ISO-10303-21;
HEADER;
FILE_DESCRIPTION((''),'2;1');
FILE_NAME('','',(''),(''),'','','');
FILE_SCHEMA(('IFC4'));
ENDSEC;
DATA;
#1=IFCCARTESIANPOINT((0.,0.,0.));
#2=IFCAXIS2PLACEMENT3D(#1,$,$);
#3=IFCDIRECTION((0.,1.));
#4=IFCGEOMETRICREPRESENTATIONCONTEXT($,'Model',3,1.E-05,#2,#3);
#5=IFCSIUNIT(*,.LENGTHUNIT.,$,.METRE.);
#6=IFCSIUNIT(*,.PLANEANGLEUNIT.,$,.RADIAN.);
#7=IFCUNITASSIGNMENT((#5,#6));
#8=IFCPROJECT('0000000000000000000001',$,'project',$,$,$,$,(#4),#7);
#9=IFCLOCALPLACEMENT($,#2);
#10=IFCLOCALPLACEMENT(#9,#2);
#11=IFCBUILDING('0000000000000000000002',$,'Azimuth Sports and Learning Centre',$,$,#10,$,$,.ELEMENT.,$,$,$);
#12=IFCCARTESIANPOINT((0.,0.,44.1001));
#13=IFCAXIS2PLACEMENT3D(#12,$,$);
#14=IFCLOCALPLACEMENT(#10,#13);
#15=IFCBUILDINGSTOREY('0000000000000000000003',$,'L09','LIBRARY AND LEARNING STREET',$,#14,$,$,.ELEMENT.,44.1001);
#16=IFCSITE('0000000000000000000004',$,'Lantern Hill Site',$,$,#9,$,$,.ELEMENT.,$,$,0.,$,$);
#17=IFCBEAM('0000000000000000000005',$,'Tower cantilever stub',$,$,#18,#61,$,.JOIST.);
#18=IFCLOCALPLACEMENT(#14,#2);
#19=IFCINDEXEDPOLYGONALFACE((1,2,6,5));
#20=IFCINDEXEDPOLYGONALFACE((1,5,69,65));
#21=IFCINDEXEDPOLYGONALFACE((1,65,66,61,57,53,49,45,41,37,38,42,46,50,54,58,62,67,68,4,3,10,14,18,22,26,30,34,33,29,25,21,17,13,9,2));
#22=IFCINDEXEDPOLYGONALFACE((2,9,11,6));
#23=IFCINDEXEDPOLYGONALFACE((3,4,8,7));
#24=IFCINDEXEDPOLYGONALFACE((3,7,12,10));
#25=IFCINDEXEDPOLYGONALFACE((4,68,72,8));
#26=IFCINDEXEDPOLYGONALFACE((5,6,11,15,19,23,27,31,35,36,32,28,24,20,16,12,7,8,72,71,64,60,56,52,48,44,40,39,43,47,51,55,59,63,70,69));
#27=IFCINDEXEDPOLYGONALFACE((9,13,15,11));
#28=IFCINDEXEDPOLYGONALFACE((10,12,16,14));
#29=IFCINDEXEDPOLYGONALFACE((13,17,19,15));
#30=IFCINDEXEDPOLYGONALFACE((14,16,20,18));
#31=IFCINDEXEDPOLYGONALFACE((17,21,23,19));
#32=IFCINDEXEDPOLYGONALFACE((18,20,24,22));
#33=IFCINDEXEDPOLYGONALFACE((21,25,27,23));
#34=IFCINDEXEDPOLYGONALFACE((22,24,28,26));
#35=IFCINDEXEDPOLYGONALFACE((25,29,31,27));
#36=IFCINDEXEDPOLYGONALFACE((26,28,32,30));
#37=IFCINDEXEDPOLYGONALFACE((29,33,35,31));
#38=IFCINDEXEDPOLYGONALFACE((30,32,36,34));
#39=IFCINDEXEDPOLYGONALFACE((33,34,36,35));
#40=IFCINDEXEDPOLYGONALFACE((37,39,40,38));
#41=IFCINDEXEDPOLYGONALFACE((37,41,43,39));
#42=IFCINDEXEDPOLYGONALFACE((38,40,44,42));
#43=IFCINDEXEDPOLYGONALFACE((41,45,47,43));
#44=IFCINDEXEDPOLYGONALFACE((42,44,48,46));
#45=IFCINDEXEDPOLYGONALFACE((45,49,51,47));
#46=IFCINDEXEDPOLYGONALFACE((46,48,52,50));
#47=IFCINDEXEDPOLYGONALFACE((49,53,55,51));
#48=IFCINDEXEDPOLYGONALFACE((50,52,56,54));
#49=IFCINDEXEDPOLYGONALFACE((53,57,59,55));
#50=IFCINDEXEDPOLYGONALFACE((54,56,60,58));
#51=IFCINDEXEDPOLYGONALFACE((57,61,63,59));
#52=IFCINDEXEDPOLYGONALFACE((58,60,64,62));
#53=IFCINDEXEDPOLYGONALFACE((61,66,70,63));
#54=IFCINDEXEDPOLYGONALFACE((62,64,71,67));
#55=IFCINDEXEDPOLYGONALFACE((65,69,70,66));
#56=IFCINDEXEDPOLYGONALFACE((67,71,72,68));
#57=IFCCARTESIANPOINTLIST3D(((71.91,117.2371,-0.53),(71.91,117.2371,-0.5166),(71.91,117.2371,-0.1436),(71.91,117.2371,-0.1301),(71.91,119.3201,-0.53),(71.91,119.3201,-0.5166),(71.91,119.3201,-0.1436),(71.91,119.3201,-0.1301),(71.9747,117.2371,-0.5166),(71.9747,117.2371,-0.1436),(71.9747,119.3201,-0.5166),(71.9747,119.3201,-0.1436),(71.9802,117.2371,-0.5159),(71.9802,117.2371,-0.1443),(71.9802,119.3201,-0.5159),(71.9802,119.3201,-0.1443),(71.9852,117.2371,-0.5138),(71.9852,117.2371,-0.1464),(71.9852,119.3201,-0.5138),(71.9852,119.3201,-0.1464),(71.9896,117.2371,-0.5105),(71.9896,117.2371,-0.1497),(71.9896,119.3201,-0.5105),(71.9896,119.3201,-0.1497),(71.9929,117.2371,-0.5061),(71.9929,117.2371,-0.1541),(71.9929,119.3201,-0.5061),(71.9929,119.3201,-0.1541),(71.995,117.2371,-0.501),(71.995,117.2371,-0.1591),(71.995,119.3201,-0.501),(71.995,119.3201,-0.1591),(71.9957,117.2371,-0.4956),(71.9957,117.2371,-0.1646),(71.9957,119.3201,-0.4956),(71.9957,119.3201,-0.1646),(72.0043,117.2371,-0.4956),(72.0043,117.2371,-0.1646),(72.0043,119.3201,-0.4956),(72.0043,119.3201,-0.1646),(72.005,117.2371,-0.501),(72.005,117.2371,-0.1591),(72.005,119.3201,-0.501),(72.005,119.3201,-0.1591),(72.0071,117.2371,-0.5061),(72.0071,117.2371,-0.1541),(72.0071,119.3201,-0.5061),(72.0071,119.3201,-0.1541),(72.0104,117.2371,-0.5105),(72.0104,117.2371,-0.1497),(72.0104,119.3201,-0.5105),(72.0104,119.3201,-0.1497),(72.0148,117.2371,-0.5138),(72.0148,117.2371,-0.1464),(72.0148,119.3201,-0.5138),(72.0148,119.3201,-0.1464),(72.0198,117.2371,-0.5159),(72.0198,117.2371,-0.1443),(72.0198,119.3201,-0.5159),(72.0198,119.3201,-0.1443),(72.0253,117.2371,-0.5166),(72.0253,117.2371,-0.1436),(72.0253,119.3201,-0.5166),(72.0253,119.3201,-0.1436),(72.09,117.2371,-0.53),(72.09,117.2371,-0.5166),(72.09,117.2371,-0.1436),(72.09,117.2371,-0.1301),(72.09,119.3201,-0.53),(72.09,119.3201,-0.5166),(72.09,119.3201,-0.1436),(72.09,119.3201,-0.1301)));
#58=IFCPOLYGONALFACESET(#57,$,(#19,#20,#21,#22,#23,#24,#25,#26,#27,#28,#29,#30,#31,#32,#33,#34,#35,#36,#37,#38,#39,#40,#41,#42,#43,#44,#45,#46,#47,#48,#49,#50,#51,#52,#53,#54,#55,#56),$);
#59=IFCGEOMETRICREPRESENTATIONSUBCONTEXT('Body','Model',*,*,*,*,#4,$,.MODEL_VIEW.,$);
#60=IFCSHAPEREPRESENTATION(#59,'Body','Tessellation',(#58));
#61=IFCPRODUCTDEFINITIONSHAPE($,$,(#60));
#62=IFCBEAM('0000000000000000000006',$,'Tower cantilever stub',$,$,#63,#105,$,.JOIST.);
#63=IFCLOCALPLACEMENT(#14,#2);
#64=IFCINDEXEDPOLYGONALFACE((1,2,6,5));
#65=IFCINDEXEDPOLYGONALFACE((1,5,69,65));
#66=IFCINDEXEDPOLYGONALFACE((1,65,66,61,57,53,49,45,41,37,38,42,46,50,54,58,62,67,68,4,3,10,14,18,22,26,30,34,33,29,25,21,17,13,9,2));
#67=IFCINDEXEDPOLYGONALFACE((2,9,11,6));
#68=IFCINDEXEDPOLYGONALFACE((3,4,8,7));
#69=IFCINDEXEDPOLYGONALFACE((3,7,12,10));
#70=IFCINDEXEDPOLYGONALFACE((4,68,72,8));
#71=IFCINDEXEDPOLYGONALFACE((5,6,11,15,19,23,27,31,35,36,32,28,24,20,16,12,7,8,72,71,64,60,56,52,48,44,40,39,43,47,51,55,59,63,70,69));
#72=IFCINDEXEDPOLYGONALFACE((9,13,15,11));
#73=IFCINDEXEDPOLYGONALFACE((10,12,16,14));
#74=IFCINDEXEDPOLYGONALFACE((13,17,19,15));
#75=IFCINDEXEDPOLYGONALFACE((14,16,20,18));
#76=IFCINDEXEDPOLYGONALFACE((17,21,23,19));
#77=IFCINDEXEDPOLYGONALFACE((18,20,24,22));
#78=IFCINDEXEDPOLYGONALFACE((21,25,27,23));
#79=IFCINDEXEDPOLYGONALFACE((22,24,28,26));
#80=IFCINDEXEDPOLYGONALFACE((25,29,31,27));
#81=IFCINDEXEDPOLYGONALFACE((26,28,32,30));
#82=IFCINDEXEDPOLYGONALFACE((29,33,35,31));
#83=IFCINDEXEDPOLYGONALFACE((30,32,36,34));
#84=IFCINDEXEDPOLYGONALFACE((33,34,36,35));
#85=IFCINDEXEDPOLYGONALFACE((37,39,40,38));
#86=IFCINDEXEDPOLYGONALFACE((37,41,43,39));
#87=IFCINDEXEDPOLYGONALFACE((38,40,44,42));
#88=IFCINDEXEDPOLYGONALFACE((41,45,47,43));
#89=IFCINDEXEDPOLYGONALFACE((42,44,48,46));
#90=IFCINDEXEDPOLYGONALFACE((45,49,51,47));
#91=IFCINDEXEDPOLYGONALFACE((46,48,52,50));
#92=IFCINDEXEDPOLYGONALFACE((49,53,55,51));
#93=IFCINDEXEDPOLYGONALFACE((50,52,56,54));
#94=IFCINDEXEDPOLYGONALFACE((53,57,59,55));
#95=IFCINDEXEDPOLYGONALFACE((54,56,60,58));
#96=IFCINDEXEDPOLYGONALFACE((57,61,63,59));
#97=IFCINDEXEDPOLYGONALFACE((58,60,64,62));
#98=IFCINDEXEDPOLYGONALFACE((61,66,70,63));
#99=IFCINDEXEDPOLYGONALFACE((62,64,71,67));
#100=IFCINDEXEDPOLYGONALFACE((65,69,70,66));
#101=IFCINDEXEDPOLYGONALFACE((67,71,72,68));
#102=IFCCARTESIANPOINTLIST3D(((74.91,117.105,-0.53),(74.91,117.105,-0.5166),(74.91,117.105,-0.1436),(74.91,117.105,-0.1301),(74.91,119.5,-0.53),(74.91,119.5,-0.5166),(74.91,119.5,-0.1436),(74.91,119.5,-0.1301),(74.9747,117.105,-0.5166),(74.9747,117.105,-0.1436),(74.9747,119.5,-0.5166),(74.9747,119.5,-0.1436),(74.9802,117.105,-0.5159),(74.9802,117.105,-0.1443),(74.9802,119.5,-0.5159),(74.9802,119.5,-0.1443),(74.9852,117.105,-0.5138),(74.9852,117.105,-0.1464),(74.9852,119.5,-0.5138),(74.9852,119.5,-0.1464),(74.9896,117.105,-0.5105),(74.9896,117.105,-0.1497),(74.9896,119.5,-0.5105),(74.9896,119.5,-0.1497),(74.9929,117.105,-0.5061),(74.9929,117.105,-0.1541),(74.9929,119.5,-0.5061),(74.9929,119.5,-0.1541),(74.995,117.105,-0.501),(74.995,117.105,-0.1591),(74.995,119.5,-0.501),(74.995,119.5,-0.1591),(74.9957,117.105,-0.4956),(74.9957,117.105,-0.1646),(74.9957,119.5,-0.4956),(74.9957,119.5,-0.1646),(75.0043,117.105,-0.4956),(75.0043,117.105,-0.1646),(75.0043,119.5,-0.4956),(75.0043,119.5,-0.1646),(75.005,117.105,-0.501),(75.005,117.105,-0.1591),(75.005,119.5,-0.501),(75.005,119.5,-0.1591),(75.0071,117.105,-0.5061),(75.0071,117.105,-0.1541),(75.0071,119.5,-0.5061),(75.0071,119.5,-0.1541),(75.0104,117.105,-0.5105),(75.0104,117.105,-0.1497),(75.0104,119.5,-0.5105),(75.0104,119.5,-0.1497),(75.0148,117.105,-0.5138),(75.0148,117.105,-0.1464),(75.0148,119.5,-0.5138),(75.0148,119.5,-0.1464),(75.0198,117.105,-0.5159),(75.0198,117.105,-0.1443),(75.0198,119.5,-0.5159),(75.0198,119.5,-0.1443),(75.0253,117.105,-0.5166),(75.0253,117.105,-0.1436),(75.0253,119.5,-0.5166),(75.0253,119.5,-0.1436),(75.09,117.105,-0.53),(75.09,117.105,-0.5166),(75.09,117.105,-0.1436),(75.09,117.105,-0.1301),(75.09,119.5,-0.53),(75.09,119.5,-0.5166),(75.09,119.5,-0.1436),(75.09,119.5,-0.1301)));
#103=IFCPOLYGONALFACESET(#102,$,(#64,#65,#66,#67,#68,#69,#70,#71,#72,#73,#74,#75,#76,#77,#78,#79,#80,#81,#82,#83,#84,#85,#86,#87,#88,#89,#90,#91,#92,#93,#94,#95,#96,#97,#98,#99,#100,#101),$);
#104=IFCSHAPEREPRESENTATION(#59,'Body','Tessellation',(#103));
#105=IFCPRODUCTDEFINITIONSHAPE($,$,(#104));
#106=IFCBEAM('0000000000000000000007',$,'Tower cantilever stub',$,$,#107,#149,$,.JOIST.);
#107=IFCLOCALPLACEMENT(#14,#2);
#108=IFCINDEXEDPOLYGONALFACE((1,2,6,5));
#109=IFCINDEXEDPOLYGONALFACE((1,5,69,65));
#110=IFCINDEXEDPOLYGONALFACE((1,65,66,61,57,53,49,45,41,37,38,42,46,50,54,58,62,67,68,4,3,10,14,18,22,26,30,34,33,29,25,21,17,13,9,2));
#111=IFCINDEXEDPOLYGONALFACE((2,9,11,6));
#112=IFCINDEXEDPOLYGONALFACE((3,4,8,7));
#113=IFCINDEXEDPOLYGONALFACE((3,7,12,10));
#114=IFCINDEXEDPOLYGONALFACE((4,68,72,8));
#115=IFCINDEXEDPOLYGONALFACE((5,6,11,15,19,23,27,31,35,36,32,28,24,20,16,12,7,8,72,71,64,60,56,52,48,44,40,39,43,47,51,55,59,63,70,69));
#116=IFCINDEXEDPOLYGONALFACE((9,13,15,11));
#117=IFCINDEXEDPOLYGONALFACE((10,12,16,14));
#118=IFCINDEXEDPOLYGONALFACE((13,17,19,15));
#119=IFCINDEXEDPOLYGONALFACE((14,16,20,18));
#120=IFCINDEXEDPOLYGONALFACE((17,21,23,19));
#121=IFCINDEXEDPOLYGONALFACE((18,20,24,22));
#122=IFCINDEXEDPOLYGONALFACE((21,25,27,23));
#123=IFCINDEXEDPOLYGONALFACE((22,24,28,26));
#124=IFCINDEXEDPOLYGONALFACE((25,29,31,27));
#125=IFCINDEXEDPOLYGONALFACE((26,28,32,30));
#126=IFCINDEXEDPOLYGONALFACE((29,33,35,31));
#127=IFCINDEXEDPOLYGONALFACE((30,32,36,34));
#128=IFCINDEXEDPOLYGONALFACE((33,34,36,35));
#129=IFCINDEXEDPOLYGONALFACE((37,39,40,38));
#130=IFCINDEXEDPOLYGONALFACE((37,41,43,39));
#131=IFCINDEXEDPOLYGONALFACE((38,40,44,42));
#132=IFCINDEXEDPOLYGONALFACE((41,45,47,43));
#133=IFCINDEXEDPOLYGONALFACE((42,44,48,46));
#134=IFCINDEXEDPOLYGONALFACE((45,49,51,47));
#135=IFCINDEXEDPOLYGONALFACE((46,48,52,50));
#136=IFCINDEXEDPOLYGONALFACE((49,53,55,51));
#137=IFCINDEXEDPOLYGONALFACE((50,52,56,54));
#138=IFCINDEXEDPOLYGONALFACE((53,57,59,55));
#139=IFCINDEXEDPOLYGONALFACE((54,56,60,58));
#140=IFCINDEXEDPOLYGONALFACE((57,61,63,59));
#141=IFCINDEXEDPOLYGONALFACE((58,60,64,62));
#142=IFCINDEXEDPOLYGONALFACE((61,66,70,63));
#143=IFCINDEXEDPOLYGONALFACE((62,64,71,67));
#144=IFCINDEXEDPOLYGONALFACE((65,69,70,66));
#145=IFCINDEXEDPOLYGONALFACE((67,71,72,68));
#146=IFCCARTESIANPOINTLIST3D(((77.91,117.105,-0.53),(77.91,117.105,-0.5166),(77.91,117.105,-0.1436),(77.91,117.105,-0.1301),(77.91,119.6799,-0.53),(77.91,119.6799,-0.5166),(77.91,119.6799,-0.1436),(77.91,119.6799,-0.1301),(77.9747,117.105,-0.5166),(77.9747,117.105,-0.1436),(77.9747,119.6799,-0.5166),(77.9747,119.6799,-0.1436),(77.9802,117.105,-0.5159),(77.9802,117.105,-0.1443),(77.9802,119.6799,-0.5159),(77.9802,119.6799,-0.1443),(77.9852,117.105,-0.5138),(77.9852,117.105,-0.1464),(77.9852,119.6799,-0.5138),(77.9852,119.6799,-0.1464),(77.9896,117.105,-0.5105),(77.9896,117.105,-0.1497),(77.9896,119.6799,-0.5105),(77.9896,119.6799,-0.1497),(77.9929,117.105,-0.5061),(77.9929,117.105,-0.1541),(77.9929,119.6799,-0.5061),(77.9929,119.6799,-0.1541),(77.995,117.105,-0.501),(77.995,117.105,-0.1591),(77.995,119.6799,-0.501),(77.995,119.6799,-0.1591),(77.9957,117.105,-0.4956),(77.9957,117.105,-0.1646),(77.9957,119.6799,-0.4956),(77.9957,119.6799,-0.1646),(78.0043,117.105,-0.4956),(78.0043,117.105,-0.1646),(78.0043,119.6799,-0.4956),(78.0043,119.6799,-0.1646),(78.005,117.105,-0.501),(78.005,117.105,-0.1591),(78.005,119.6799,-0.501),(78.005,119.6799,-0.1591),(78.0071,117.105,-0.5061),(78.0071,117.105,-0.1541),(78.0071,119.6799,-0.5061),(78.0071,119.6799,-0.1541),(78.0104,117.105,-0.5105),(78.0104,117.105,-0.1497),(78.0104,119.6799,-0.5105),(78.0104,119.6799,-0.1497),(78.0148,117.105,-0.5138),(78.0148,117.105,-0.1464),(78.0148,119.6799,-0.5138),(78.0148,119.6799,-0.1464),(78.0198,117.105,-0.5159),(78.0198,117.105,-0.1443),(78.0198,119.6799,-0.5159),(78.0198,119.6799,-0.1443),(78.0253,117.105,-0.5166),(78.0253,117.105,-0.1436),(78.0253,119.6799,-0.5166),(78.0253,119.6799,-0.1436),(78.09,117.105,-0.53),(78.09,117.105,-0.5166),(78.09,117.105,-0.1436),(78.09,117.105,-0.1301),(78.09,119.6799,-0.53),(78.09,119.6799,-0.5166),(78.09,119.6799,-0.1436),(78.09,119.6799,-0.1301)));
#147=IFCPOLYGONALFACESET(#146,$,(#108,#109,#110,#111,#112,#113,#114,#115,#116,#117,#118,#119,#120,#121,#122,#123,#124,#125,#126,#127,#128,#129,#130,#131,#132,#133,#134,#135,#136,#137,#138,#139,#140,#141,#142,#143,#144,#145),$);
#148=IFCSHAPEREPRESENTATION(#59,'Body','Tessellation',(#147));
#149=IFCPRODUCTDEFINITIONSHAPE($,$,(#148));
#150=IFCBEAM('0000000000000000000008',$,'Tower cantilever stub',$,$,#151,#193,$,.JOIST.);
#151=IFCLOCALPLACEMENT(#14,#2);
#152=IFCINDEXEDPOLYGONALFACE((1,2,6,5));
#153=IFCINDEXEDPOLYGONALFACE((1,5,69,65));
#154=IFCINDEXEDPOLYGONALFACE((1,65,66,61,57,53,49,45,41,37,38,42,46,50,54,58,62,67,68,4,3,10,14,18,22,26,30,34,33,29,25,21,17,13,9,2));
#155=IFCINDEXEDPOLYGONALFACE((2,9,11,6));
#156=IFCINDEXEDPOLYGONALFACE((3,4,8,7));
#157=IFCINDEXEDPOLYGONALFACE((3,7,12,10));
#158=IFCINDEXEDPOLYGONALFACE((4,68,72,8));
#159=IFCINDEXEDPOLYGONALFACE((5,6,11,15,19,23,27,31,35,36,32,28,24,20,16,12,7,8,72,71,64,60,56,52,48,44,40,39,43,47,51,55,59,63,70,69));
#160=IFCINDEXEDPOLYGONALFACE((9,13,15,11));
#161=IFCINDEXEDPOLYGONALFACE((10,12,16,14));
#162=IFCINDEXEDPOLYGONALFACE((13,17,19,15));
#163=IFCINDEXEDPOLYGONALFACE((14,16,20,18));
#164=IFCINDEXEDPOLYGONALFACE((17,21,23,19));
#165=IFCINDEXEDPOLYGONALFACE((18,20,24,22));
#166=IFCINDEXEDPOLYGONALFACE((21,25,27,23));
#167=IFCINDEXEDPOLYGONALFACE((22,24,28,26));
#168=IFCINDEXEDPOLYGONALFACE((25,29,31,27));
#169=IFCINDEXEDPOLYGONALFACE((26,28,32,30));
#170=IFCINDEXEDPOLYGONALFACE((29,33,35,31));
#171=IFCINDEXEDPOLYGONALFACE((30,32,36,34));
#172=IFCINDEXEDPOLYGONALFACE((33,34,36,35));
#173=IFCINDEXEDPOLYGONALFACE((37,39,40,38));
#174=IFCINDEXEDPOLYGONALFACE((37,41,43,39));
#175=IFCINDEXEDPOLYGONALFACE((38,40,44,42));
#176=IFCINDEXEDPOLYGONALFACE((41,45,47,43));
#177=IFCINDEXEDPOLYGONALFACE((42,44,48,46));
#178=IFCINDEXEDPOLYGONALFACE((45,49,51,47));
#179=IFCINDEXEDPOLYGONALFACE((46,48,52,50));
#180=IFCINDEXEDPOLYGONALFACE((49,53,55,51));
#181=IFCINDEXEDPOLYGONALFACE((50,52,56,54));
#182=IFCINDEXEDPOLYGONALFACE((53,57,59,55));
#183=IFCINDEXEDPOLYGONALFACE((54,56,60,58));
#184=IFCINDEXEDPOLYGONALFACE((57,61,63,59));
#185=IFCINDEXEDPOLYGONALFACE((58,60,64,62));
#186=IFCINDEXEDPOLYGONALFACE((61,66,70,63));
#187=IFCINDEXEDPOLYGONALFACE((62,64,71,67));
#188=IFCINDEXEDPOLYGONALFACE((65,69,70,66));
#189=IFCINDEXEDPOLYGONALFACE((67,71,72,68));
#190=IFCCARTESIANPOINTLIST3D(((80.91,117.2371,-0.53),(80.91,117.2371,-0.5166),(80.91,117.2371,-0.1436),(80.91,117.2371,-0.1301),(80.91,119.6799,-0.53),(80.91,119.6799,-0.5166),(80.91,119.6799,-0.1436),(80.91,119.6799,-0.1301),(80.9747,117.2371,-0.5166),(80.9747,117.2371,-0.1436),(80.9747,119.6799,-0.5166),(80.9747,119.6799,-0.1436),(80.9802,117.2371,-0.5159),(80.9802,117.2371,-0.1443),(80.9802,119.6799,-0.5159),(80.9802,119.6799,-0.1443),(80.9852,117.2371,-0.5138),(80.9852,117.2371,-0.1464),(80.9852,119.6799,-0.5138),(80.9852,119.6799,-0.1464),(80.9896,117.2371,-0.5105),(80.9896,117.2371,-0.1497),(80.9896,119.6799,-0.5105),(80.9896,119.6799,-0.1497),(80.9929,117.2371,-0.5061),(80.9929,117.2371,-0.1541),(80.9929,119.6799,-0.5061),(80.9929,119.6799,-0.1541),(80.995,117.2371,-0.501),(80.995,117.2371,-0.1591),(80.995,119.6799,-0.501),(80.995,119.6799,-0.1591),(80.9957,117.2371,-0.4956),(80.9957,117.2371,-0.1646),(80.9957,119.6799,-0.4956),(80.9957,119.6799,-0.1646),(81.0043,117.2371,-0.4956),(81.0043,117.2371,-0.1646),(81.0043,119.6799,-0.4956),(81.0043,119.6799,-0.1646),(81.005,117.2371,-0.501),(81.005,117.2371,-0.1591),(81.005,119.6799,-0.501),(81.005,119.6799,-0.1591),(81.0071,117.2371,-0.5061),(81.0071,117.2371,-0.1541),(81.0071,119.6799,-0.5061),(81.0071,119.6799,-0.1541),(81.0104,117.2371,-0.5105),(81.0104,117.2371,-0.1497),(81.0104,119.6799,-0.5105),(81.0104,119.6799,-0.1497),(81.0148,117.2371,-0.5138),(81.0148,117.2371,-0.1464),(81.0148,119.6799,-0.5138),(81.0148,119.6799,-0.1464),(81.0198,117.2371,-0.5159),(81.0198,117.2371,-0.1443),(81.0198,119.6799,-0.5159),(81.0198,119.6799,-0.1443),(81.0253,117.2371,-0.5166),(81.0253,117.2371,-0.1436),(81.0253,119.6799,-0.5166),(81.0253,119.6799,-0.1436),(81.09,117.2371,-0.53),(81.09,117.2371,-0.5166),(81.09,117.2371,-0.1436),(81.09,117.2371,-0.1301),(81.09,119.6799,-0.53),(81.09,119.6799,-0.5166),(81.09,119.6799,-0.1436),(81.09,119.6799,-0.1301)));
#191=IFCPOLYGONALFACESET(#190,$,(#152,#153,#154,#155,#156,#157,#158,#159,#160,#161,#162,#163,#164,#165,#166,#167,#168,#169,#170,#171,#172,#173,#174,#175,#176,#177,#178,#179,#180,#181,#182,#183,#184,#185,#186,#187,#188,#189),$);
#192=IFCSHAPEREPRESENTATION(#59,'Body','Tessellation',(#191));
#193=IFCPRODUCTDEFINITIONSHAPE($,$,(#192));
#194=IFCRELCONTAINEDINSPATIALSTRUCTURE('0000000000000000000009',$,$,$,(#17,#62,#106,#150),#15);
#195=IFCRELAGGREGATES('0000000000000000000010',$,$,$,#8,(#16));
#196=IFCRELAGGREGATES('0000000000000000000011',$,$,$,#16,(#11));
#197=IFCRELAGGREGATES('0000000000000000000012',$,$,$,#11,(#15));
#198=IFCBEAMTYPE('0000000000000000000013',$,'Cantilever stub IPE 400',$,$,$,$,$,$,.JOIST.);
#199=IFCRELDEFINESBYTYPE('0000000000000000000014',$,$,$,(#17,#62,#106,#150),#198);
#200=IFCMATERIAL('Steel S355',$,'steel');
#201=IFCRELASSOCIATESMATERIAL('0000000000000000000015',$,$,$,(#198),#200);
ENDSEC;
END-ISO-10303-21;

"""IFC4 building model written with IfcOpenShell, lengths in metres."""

from ifc_helpers import new_model, si_unit, direction, frame, origin, origin_2d, place, context, subcontext, project, spatial, i_section, extrude, material, material_profile, profile_set, type_object, element, save


model = new_model("IFC4")

# Units and contexts
model_context = context("Model", 3, precision=1e-05, world=origin(), true_north=direction((0.0, 1.0)))
body_context = subcontext(model_context, "Body", "Model", "MODEL_VIEW")
ifc_project = project(units=[si_unit("LENGTHUNIT", "METRE"), si_unit("PLANEANGLEUNIT", "RADIAN")], contexts=[model_context])

# Site, building, storey
site_placement = place(None, origin())
site = spatial("IfcSite", under=ifc_project, at=site_placement, Name="Lantern Hill Site", CompositionType="ELEMENT", RefElevation=0.0)
building_placement = place(site_placement, origin())
building = spatial("IfcBuilding", under=site, at=building_placement, Name="Azimuth Sports and Learning Centre", CompositionType="ELEMENT")
storey_placement = place(building_placement, frame((0.0, 0.0, 44.1001)))
storey = spatial("IfcBuildingStorey", under=building, at=storey_placement, Name="L09", Description="LIBRARY AND LEARNING STREET", CompositionType="ELEMENT", Elevation=44.1001)

# Beams
ifc_material_1 = material(Name="Steel S355", Category="steel")
ifc_material_profile_1 = material_profile(ifc_material_1, i_section(OverallWidth=0.1799, OverallDepth=0.3999, WebThickness=0.0085, FlangeThickness=0.0134, FilletRadius=0.021, at=origin_2d()), Name="IPE 400")
ifc_profile_set_1 = profile_set([ifc_material_profile_1], Name="Steel S355")
beam_type_1 = type_object("IfcBeamType", Name="Cantilever stub IPE 400", PredefinedType="JOIST", material=ifc_profile_set_1)
beam_1_placement = place(storey_placement, frame((72.0, 117.2371, -0.3301), z_axis=(0.0, 1.0, 0.0), x_axis=(-1.0, 0.0, 0.0)))
element("IfcBeam", 1, at=beam_1_placement, inside=storey, type_object=beam_type_1, Name="Tower cantilever stub", PredefinedType="JOIST", context=body_context, shape_type="SweptSolid", body=[
    extrude(i_section(OverallWidth=0.1799, OverallDepth=0.3999, WebThickness=0.0085, FlangeThickness=0.0134, FilletRadius=0.021, at=origin_2d()), origin(), (0.0, 0.0, 1.0), 2.083),
])
beam_2_placement = place(storey_placement, frame((75.0, 117.105, -0.3301), z_axis=(0.0, 1.0, 0.0), x_axis=(-1.0, 0.0, 0.0)))
element("IfcBeam", 2, at=beam_2_placement, inside=storey, type_object=beam_type_1, Name="Tower cantilever stub", PredefinedType="JOIST", context=body_context, shape_type="SweptSolid", body=[
    extrude(i_section(OverallWidth=0.1799, OverallDepth=0.3999, WebThickness=0.0085, FlangeThickness=0.0134, FilletRadius=0.021, at=origin_2d()), origin(), (0.0, 0.0, 1.0), 2.395),
])
beam_3_placement = place(storey_placement, frame((78.0, 117.105, -0.3301), z_axis=(0.0, 1.0, 0.0), x_axis=(-1.0, 0.0, 0.0)))
element("IfcBeam", 3, at=beam_3_placement, inside=storey, type_object=beam_type_1, Name="Tower cantilever stub", PredefinedType="JOIST", context=body_context, shape_type="SweptSolid", body=[
    extrude(i_section(OverallWidth=0.1799, OverallDepth=0.3999, WebThickness=0.0085, FlangeThickness=0.0134, FilletRadius=0.021, at=origin_2d()), origin(), (0.0, 0.0, 1.0), 2.575),
])
beam_4_placement = place(storey_placement, frame((81.0, 117.2371, -0.3301), z_axis=(0.0, 1.0, 0.0), x_axis=(-1.0, 0.0, 0.0)))
element("IfcBeam", 4, at=beam_4_placement, inside=storey, type_object=beam_type_1, Name="Tower cantilever stub", PredefinedType="JOIST", context=body_context, shape_type="SweptSolid", body=[
    extrude(i_section(OverallWidth=0.1799, OverallDepth=0.3999, WebThickness=0.0085, FlangeThickness=0.0134, FilletRadius=0.021, at=origin_2d()), origin(), (0.0, 0.0, 1.0), 2.4429),
])

save(model, "model.ifc")
